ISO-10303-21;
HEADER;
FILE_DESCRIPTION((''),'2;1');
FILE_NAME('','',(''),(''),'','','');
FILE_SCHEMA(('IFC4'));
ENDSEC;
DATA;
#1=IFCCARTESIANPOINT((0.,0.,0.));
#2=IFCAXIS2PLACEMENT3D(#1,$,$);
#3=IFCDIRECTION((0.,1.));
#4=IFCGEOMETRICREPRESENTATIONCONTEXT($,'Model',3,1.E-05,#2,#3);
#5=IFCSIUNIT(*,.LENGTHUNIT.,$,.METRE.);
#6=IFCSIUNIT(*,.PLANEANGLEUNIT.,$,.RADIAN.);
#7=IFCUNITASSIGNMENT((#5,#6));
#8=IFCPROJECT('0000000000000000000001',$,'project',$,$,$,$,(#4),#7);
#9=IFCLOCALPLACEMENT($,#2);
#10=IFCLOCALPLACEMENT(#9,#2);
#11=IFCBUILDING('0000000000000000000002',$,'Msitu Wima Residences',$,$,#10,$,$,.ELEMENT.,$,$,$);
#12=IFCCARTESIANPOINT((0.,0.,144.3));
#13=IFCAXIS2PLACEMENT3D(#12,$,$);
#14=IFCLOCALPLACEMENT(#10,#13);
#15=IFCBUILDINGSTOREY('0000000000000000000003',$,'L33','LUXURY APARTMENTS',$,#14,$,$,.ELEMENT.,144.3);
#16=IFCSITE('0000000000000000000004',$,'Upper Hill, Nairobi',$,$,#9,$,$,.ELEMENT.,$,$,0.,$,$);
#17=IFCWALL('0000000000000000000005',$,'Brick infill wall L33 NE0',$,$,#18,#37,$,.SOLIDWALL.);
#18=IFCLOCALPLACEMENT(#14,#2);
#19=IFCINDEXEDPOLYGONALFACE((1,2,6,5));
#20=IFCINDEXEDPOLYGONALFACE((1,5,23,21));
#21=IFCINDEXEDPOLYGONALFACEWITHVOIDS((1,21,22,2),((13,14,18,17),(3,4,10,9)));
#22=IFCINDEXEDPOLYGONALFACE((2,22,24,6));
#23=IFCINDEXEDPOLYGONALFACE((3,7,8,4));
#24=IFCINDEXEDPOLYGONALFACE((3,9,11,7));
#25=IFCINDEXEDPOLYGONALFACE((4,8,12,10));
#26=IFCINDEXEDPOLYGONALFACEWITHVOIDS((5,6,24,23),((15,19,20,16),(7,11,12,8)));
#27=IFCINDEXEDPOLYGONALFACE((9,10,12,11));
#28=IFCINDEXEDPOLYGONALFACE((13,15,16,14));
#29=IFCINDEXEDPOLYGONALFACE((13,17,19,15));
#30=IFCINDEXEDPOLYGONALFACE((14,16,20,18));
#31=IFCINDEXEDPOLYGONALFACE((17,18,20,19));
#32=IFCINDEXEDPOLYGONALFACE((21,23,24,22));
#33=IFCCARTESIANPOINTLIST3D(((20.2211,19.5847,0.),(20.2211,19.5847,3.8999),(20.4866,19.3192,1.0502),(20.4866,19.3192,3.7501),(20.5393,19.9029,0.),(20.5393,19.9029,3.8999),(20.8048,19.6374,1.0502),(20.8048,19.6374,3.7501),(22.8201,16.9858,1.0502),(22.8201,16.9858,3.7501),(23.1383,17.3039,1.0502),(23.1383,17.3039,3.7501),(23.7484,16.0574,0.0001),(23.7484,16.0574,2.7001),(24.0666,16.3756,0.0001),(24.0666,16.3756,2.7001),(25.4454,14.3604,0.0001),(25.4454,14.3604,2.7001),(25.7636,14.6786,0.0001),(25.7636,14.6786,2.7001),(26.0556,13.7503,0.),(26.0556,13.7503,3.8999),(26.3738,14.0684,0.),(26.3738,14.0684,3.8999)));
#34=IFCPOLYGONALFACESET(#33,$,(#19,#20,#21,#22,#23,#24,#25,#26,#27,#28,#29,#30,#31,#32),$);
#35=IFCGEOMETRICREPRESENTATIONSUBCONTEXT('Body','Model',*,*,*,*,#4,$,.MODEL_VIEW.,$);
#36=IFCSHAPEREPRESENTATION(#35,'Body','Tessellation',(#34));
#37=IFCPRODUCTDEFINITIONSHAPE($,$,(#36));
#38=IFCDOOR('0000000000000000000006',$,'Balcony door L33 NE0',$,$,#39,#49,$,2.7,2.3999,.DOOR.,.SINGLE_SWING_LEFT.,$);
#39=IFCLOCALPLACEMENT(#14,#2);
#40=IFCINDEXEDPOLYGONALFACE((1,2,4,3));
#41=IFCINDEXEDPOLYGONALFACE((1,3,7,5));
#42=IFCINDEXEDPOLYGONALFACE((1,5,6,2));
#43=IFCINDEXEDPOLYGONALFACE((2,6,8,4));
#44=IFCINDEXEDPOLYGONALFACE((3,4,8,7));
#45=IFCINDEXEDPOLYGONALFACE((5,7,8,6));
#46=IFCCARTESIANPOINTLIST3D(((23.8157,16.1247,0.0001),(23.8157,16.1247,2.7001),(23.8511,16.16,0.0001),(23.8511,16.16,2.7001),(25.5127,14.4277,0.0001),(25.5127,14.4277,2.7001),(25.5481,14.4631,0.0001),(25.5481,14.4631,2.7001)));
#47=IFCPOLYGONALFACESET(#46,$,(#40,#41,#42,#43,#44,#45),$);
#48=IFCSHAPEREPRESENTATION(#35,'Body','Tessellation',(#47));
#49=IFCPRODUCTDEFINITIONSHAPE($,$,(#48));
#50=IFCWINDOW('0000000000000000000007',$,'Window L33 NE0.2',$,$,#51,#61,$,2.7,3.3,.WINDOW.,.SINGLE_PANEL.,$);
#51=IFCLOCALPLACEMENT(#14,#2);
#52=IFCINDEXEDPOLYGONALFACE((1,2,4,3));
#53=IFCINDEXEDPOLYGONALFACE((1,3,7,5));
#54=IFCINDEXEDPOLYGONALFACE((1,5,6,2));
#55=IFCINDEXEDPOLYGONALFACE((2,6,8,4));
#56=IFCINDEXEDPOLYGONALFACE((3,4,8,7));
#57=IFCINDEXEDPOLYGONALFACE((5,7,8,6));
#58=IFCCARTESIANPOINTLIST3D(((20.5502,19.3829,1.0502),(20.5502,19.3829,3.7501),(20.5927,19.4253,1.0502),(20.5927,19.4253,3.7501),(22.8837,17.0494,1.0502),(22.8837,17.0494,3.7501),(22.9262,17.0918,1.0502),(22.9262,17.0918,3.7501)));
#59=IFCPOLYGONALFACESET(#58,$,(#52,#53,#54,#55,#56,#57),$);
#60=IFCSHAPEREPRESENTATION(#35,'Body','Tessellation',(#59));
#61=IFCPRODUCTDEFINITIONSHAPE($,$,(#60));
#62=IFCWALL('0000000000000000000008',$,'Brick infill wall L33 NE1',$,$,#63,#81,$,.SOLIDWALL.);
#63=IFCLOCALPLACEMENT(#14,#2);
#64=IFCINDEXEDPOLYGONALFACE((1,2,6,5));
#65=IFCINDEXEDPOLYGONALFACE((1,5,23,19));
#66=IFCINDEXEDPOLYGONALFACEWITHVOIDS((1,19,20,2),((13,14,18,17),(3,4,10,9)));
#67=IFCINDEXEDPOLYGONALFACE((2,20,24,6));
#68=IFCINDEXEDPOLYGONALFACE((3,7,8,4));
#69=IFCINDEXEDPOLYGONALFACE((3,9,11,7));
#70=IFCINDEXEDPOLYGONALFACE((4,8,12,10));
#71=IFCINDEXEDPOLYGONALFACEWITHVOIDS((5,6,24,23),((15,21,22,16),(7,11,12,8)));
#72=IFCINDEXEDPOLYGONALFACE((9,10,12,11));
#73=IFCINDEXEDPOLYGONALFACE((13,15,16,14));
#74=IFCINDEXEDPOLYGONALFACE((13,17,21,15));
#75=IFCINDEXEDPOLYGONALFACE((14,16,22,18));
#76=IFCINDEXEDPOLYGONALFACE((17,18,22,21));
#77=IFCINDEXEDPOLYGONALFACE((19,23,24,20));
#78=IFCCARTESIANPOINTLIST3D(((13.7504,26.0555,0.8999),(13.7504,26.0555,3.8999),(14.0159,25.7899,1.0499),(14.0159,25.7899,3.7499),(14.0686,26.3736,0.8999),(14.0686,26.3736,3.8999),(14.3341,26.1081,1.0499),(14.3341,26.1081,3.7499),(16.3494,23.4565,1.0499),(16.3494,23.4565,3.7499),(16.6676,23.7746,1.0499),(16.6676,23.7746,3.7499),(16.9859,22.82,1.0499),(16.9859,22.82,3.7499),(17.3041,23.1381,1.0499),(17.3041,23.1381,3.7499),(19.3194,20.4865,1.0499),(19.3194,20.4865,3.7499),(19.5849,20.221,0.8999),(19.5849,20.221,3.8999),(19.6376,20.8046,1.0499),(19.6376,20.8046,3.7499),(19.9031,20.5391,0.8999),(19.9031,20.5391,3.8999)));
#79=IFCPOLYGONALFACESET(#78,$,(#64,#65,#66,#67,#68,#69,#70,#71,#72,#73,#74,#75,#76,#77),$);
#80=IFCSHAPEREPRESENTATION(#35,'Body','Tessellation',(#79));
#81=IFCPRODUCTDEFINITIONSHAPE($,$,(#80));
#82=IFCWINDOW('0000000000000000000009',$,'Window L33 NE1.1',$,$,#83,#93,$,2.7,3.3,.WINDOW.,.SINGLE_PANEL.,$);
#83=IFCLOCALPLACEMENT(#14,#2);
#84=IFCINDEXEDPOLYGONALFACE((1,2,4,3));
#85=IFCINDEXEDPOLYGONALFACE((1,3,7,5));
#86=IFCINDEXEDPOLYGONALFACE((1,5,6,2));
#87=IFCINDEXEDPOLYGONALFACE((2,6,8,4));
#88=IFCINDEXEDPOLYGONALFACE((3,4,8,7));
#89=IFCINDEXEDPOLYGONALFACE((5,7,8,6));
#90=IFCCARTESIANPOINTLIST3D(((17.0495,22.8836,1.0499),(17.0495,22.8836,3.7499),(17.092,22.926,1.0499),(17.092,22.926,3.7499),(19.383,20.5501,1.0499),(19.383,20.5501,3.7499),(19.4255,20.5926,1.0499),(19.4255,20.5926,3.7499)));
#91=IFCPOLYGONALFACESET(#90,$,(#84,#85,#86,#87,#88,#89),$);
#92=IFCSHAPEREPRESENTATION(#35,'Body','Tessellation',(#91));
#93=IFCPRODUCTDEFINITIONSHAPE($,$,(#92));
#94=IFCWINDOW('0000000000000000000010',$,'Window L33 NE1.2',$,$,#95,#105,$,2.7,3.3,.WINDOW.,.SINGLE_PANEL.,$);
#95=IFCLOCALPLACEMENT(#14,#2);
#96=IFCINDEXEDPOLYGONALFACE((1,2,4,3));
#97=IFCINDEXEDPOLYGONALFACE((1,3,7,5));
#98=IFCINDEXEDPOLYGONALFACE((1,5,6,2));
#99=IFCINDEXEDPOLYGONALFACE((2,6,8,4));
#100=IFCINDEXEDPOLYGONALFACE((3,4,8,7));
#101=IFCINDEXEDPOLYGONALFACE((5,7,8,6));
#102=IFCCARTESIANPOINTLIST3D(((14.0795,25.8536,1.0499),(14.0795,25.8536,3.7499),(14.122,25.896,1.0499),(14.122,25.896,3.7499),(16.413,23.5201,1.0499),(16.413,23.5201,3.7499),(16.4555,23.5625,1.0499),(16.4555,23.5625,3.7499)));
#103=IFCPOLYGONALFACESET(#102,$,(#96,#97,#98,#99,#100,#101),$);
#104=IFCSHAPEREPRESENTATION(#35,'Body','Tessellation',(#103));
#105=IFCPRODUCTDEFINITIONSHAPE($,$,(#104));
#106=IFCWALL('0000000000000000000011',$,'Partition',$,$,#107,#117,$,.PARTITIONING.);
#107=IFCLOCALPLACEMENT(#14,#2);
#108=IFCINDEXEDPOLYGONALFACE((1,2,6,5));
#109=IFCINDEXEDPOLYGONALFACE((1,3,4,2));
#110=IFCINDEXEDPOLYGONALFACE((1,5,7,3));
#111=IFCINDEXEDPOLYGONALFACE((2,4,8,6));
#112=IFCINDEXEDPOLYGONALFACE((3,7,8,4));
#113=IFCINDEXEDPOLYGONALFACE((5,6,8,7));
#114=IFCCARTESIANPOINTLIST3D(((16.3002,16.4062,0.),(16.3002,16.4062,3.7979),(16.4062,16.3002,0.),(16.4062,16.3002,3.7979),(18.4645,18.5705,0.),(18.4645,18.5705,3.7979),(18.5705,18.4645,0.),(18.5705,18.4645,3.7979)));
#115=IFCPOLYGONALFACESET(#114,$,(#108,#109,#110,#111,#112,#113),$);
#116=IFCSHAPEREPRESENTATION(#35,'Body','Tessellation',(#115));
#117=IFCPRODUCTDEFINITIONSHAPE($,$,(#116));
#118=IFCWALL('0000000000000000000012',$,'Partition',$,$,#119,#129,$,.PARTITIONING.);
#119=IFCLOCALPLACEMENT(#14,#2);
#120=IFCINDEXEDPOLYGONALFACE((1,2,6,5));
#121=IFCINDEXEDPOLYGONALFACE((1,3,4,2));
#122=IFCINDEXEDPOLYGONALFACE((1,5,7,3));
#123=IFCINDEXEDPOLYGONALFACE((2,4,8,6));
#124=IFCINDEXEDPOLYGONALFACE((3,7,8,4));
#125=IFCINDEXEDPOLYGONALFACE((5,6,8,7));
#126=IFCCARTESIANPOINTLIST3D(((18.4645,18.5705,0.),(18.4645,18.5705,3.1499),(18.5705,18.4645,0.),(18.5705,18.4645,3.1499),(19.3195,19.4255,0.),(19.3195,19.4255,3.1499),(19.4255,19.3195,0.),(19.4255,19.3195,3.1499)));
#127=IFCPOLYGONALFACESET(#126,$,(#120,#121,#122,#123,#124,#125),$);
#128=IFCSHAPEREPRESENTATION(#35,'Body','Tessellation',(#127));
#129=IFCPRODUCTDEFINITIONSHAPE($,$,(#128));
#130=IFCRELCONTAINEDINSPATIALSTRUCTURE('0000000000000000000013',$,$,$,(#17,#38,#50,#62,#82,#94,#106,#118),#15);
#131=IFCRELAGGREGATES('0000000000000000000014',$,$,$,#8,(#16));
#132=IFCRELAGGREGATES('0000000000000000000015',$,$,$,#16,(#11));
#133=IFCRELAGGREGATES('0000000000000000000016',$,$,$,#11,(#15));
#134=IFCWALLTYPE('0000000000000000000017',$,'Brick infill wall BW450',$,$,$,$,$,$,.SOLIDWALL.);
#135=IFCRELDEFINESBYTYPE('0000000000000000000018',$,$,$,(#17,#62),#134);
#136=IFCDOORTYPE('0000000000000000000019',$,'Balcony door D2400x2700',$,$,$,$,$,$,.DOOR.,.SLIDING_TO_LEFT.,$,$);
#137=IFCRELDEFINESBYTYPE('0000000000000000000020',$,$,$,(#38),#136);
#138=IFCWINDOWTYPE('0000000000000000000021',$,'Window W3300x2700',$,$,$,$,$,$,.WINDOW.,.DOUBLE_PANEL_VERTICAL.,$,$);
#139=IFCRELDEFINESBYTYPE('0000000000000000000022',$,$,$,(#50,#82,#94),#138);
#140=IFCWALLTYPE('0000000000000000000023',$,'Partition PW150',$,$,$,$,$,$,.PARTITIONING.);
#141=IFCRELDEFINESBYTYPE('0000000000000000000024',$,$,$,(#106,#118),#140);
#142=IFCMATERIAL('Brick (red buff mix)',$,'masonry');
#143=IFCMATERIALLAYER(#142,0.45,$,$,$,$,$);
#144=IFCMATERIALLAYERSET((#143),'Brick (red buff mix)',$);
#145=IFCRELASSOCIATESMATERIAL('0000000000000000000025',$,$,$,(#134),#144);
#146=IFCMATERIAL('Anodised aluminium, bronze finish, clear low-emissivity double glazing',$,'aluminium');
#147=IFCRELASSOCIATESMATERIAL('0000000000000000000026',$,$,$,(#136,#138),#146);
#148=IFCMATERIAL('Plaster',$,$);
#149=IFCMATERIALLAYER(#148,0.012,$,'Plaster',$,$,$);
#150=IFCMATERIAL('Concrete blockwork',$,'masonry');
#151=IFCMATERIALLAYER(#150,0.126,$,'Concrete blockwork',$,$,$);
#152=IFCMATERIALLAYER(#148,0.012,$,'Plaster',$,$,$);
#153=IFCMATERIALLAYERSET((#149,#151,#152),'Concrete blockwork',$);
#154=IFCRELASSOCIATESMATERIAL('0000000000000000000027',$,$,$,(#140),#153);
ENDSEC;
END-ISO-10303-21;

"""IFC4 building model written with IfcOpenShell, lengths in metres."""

from ifc_helpers import new_model, si_unit, direction, frame, frame_2d, origin, place, context, subcontext, project, spatial, rectangle, extrude, material, layer, layer_set, type_object, element, fill, save


model = new_model("IFC4")

# Units and contexts
model_context = context("Model", 3, precision=1e-05, world=origin(), true_north=direction((0.0, 1.0)))
body_context = subcontext(model_context, "Body", "Model", "MODEL_VIEW")
ifc_project = project(units=[si_unit("LENGTHUNIT", "METRE"), si_unit("PLANEANGLEUNIT", "RADIAN")], contexts=[model_context])

# Site, building, storey
site_placement = place(None, origin())
site = spatial("IfcSite", under=ifc_project, at=site_placement, Name="Upper Hill, Nairobi", CompositionType="ELEMENT", RefElevation=0.0)
building_placement = place(site_placement, origin())
building = spatial("IfcBuilding", under=site, at=building_placement, Name="Msitu Wima Residences", CompositionType="ELEMENT")
storey_placement = place(building_placement, frame((0.0, 0.0, 144.3)))
storey = spatial("IfcBuildingStorey", under=building, at=storey_placement, Name="L33", Description="LUXURY APARTMENTS", CompositionType="ELEMENT", Elevation=144.3)

# Wall, openings, door, window
ifc_material_1 = material(Name="Brick (red buff mix)", Category="masonry")
ifc_layer_1 = layer(ifc_material_1, 0.45)
ifc_layer_set_1 = layer_set([ifc_layer_1], Name="Brick (red buff mix)")
wall_type_1 = type_object("IfcWallType", Name="Brick infill wall BW450", PredefinedType="SOLIDWALL", material=ifc_layer_set_1)
wall_1_placement = place(storey_placement, frame((26.2146, 13.9094, 0.0), z_axis=(0.0, 0.0, 1.0), x_axis=(-0.707107, 0.707107, 0.0)))
wall_1 = element("IfcWall", 1, at=wall_1_placement, inside=storey, type_object=wall_type_1, Name="Brick infill wall L33 NE0", PredefinedType="SOLIDWALL", context=body_context, shape_type="SweptSolid", body=[
    extrude(rectangle(XDim=8.2512, YDim=0.45, at=frame_2d((4.1255, 0.0))), origin(), (0.0, 0.0, 1.0), 3.8999),
])
opening_1_placement = place(wall_1_placement, frame((0.8628, 0.0, 0.0)))
opening_1 = element("IfcOpeningElement", 2, at=opening_1_placement, cuts=wall_1, PredefinedType="OPENING", context=body_context, shape_type="SweptSolid", body=[
    extrude(rectangle(XDim=2.3999, YDim=2.7, at=frame_2d((1.2, 1.3501))), frame((0.0, 0.2349, 0.0), z_axis=(0.0, -1.0, 0.0), x_axis=(1.0, 0.0, 0.0)), (0.0, 0.0, 1.0), 0.47),
])
opening_2_placement = place(wall_1_placement, frame((4.5757, 0.0, 1.05)))
opening_2 = element("IfcOpeningElement", 3, at=opening_2_placement, cuts=wall_1, PredefinedType="OPENING", context=body_context, shape_type="SweptSolid", body=[
    extrude(rectangle(XDim=3.3, YDim=2.7, at=frame_2d((1.6499, 1.3501))), frame((0.0, 0.2349, 0.0), z_axis=(0.0, -1.0, 0.0), x_axis=(1.0, 0.0, 0.0)), (0.0, 0.0, 1.0), 0.47),
])
ifc_material_2 = material(Name="Anodised aluminium, bronze finish, clear low-emissivity double glazing", Category="aluminium")
door_type_1 = type_object("IfcDoorType", Name="Balcony door D2400x2700", OperationType="SLIDING_TO_LEFT", PredefinedType="DOOR", material=ifc_material_2)
door_1_placement = place(opening_1_placement, origin())
door_1 = element("IfcDoor", 4, at=door_1_placement, inside=storey, type_object=door_type_1, Name="Balcony door L33 NE0", OperationType="SINGLE_SWING_LEFT", OverallHeight=2.7, OverallWidth=2.3999, PredefinedType="DOOR", context=body_context, shape_type="SweptSolid", body=[
    extrude(rectangle(XDim=2.3999, YDim=2.7, at=frame_2d((1.2, 1.3501))), frame((0.0, 0.1299, 0.0), z_axis=(0.0, -1.0, 0.0), x_axis=(1.0, 0.0, 0.0)), (0.0, 0.0, 1.0), 0.05),
])
fill(opening_1, door_1)
window_type = type_object("IfcWindowType", Name="Window W3300x2700", PartitioningType="DOUBLE_PANEL_VERTICAL", PredefinedType="WINDOW", material=ifc_material_2)
window_1_placement = place(opening_2_placement, origin())
window_1 = element("IfcWindow", 5, at=window_1_placement, inside=storey, type_object=window_type, Name="Window L33 NE0.2", OverallHeight=2.7, OverallWidth=3.3, PartitioningType="SINGLE_PANEL", PredefinedType="WINDOW", context=body_context, shape_type="SweptSolid", body=[
    extrude(rectangle(XDim=3.3, YDim=2.7, at=frame_2d((1.6499, 1.3501))), frame((0.0, 0.135, 0.0), z_axis=(0.0, -1.0, 0.0), x_axis=(1.0, 0.0, 0.0)), (0.0, 0.0, 1.0), 0.0601),
])
fill(opening_2, window_1)

# Wall, openings, windows
wall_2_placement = place(storey_placement, frame((19.7439, 20.3801, 0.8999), z_axis=(0.0, 0.0, 1.0), x_axis=(-0.707107, 0.707107, 0.0)))
wall_2 = element("IfcWall", 6, at=wall_2_placement, inside=storey, type_object=wall_type_1, Name="Brick infill wall L33 NE1", PredefinedType="SOLIDWALL", context=body_context, shape_type="SweptSolid", body=[
    extrude(rectangle(XDim=8.2512, YDim=0.45, at=frame_2d((4.1255, 0.0))), origin(), (0.0, 0.0, 1.0), 3.0),
])
opening_3_placement = place(wall_2_placement, frame((0.3755, 0.0, 0.1499)))
opening_3 = element("IfcOpeningElement", 7, at=opening_3_placement, cuts=wall_2, PredefinedType="OPENING", context=body_context, shape_type="SweptSolid", body=[
    extrude(rectangle(XDim=3.3, YDim=2.7, at=frame_2d((1.6499, 1.3501))), frame((0.0, 0.2349, 0.0), z_axis=(0.0, -1.0, 0.0), x_axis=(1.0, 0.0, 0.0)), (0.0, 0.0, 1.0), 0.47),
])
opening_4_placement = place(wall_2_placement, frame((4.5757, 0.0, 0.1499)))
opening_4 = element("IfcOpeningElement", 8, at=opening_4_placement, cuts=wall_2, PredefinedType="OPENING", context=body_context, shape_type="SweptSolid", body=[
    extrude(rectangle(XDim=3.3, YDim=2.7, at=frame_2d((1.6499, 1.3501))), frame((0.0, 0.2349, 0.0), z_axis=(0.0, -1.0, 0.0), x_axis=(1.0, 0.0, 0.0)), (0.0, 0.0, 1.0), 0.47),
])
window_2_placement = place(opening_3_placement, origin())
window_2 = element("IfcWindow", 9, at=window_2_placement, inside=storey, type_object=window_type, Name="Window L33 NE1.1", OverallHeight=2.7, OverallWidth=3.3, PartitioningType="SINGLE_PANEL", PredefinedType="WINDOW", context=body_context, shape_type="SweptSolid", body=[
    extrude(rectangle(XDim=3.3, YDim=2.7, at=frame_2d((1.6499, 1.3501))), frame((0.0, 0.135, 0.0), z_axis=(0.0, -1.0, 0.0), x_axis=(1.0, 0.0, 0.0)), (0.0, 0.0, 1.0), 0.0601),
])
fill(opening_3, window_2)
window_3_placement = place(opening_4_placement, origin())
window_3 = element("IfcWindow", 10, at=window_3_placement, inside=storey, type_object=window_type, Name="Window L33 NE1.2", OverallHeight=2.7, OverallWidth=3.3, PartitioningType="SINGLE_PANEL", PredefinedType="WINDOW", context=body_context, shape_type="SweptSolid", body=[
    extrude(rectangle(XDim=3.3, YDim=2.7, at=frame_2d((1.6499, 1.3501))), frame((0.0, 0.135, 0.0), z_axis=(0.0, -1.0, 0.0), x_axis=(1.0, 0.0, 0.0)), (0.0, 0.0, 1.0), 0.0601),
])
fill(opening_4, window_3)

# Walls
ifc_material_3 = material(Name="Plaster")
ifc_layer_2 = layer(ifc_material_3, 0.012, Name="Plaster")
ifc_material_4 = material(Name="Concrete blockwork", Category="masonry")
ifc_layer_3 = layer(ifc_material_4, 0.126, Name="Concrete blockwork")
ifc_layer_4 = layer(ifc_material_3, 0.012, Name="Plaster")
ifc_layer_set_2 = layer_set([ifc_layer_2, ifc_layer_3, ifc_layer_4], Name="Concrete blockwork")
wall_type_2 = type_object("IfcWallType", Name="Partition PW150", PredefinedType="PARTITIONING", material=ifc_layer_set_2)
wall_3_placement = place(storey_placement, frame((16.3533, 16.3533, 0.0), z_axis=(0.0, 0.0, 1.0), x_axis=(0.707107, 0.707107, 0.0)))
element("IfcWall", 11, at=wall_3_placement, inside=storey, type_object=wall_type_2, Name="Partition", PredefinedType="PARTITIONING", context=body_context, shape_type="SweptSolid", body=[
    extrude(rectangle(XDim=3.0608, YDim=0.1499, at=frame_2d((1.5303, 0.0))), origin(), (0.0, 0.0, 1.0), 3.7979),
])
wall_4_placement = place(storey_placement, frame((18.5176, 18.5176, 0.0), z_axis=(0.0, 0.0, 1.0), x_axis=(0.707107, 0.707107, 0.0)))
element("IfcWall", 12, at=wall_4_placement, inside=storey, type_object=wall_type_2, Name="Partition", PredefinedType="PARTITIONING", context=body_context, shape_type="SweptSolid", body=[
    extrude(rectangle(XDim=1.2092, YDim=0.1499, at=frame_2d((0.6045, 0.0))), origin(), (0.0, 0.0, 1.0), 3.1499),
])

save(model, "model.ifc")
